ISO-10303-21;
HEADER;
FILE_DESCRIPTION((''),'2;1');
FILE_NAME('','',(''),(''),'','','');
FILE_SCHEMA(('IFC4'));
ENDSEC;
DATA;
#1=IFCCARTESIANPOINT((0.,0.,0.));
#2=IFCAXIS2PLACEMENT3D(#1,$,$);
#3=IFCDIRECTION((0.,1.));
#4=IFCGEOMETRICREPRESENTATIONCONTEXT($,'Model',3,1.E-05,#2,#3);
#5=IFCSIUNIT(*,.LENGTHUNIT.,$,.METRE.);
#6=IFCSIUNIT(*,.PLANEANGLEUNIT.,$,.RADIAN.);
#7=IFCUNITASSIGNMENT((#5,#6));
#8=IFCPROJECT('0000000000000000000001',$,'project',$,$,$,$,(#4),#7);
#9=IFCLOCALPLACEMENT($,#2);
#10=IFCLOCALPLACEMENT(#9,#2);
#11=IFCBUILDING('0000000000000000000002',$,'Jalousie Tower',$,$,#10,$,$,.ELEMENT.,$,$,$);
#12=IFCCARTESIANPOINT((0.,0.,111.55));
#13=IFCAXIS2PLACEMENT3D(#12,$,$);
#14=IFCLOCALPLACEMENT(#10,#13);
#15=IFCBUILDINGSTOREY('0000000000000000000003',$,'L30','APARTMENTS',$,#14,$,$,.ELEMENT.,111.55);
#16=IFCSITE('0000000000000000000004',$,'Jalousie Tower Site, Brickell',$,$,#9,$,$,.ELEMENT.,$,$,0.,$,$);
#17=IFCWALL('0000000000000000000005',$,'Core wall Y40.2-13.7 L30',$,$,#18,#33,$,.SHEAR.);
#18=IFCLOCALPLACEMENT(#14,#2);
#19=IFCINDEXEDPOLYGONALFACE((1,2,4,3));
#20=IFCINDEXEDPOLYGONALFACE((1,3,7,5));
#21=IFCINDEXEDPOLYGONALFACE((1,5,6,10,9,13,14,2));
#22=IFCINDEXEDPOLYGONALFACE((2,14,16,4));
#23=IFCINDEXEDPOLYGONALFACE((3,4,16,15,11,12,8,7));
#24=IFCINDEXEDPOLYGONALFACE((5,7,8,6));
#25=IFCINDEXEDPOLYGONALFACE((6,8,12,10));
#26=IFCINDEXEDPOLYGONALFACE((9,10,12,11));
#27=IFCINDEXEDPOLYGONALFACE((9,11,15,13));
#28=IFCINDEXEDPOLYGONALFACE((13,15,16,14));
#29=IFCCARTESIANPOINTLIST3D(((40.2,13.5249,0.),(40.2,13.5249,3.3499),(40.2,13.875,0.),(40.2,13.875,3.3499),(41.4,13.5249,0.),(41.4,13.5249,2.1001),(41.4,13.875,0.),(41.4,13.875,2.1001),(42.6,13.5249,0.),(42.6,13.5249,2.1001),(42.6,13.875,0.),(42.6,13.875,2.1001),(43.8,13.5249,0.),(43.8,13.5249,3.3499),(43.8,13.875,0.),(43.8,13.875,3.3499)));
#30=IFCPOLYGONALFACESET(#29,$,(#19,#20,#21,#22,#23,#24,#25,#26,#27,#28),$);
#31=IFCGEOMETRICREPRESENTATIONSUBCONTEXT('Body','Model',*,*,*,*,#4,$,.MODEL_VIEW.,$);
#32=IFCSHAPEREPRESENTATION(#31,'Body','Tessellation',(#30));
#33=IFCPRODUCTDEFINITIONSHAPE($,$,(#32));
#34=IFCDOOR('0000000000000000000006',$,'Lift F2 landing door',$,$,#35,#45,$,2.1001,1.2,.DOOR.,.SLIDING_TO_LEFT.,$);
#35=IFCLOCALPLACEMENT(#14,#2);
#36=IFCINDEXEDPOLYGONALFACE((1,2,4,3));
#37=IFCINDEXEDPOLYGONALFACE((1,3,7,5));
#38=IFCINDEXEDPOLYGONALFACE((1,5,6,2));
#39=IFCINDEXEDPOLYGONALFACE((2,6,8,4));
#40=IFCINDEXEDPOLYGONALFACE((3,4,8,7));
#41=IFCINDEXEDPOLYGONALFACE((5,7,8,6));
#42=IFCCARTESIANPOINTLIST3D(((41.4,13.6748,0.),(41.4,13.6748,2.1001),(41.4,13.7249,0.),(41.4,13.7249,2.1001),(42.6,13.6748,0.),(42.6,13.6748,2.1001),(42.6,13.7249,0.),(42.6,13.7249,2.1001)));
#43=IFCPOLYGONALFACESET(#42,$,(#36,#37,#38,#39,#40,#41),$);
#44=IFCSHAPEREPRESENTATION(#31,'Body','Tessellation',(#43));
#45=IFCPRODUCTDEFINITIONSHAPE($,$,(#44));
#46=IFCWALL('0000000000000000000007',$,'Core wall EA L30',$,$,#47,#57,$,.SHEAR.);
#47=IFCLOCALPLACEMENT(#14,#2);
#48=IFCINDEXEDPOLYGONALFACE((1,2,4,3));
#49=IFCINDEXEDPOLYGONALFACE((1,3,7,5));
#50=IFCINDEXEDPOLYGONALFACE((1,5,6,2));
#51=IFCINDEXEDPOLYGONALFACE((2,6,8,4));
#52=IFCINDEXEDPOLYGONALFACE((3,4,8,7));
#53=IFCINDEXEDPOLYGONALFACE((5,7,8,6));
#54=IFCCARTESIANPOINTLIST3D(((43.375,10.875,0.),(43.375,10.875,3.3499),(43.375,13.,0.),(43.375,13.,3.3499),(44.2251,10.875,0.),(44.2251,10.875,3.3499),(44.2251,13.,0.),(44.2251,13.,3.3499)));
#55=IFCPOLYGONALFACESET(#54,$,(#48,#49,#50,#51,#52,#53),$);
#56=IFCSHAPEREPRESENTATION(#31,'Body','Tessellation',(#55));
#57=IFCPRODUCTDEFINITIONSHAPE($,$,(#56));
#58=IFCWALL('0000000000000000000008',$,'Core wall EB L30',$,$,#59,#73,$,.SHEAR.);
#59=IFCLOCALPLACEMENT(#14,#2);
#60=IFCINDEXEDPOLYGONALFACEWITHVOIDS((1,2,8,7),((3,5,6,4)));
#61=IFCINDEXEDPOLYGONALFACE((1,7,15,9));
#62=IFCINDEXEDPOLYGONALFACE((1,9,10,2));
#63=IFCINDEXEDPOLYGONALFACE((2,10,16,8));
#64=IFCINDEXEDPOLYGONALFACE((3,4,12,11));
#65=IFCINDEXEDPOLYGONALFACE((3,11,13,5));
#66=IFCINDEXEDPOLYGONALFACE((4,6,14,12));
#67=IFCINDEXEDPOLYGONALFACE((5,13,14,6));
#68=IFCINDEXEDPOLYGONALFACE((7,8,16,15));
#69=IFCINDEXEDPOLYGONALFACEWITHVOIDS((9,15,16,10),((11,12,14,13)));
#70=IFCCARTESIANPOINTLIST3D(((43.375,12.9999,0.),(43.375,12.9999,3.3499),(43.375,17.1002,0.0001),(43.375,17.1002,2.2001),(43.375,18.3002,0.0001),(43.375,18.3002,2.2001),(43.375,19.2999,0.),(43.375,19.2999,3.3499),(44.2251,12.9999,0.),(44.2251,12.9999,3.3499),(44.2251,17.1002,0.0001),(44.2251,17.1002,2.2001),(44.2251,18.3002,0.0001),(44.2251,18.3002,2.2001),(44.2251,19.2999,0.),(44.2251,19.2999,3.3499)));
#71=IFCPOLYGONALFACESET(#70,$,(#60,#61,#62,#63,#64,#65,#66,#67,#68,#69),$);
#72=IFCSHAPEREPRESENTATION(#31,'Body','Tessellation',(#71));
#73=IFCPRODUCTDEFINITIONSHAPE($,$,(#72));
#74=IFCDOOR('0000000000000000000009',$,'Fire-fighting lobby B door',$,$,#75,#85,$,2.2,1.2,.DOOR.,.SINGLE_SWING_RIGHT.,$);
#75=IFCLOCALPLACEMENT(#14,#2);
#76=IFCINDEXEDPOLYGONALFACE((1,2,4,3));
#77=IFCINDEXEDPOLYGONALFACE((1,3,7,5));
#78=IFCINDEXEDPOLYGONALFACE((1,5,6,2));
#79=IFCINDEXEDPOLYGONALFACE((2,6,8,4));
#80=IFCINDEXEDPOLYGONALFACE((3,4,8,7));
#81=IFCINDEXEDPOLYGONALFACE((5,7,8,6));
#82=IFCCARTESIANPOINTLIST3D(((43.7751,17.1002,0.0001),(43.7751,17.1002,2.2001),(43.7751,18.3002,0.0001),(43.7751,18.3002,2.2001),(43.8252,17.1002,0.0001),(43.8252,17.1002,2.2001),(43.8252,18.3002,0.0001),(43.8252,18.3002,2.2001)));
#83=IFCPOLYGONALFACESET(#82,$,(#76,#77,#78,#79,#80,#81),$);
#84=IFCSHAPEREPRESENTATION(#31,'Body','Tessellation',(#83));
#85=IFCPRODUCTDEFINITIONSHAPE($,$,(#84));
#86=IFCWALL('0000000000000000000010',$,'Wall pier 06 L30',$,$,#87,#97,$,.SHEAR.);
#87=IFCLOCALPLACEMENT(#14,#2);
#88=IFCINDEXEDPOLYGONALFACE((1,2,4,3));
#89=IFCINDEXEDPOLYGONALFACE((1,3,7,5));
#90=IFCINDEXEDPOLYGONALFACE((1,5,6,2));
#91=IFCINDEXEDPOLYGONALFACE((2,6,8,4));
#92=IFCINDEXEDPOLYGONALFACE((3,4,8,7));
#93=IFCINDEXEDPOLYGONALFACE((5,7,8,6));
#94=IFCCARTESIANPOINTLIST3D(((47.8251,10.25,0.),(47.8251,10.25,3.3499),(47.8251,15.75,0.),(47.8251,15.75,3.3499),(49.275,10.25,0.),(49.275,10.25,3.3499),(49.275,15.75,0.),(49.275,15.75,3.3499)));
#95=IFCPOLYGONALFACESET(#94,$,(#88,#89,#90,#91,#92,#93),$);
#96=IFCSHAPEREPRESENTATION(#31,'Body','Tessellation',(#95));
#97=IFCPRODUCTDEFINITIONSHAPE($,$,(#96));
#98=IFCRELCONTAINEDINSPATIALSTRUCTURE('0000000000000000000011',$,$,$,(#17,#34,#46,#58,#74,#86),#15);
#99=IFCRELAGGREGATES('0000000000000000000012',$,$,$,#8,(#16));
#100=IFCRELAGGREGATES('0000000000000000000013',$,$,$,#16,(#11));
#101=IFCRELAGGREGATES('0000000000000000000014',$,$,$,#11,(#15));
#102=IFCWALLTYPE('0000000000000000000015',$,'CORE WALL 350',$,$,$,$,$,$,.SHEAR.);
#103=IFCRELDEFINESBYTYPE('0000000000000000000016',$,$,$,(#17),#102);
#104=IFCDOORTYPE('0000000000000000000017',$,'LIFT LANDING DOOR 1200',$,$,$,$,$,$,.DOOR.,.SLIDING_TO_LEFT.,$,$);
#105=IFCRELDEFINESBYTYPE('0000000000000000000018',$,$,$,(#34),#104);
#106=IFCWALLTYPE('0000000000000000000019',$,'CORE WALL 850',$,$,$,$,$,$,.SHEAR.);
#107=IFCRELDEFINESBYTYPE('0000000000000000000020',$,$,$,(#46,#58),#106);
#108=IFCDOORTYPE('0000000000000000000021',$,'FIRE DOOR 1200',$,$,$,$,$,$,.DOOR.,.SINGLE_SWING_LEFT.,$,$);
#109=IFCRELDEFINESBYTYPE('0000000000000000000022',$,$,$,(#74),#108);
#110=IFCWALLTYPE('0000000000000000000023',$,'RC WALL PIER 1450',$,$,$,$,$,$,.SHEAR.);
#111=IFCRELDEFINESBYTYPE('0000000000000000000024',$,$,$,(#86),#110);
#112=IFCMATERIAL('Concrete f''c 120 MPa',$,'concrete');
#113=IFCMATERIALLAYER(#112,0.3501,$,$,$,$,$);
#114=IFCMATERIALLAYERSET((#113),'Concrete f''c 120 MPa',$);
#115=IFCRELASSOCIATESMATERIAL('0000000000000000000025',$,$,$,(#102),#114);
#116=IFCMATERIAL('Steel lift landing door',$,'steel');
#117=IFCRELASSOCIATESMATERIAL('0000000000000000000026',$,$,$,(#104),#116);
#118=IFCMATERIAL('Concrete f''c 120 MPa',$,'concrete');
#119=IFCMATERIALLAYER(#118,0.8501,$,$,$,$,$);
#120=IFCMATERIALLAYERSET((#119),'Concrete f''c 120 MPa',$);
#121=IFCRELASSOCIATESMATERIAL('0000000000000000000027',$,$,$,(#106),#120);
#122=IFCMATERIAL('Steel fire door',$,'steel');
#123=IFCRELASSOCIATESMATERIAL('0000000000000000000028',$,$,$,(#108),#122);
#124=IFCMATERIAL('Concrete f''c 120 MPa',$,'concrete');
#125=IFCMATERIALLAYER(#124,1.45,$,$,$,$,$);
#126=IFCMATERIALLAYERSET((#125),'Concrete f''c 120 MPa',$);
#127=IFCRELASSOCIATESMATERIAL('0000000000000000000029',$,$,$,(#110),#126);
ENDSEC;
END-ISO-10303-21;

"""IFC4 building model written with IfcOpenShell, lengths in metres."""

from ifc_helpers import new_model, si_unit, direction, frame, frame_2d, origin, place, context, subcontext, project, spatial, rectangle, extrude, material, layer, layer_set, type_object, element, fill, save


model = new_model("IFC4")

# Units and contexts
model_context = context("Model", 3, precision=1e-05, world=origin(), true_north=direction((0.0, 1.0)))
body_context = subcontext(model_context, "Body", "Model", "MODEL_VIEW")
ifc_project = project(units=[si_unit("LENGTHUNIT", "METRE"), si_unit("PLANEANGLEUNIT", "RADIAN")], contexts=[model_context])

# Site, building, storey
site_placement = place(None, origin())
site = spatial("IfcSite", under=ifc_project, at=site_placement, Name="Jalousie Tower Site, Brickell", CompositionType="ELEMENT", RefElevation=0.0)
building_placement = place(site_placement, origin())
building = spatial("IfcBuilding", under=site, at=building_placement, Name="Jalousie Tower", CompositionType="ELEMENT")
storey_placement = place(building_placement, frame((0.0, 0.0, 111.55)))
storey = spatial("IfcBuildingStorey", under=building, at=storey_placement, Name="L30", Description="APARTMENTS", CompositionType="ELEMENT", Elevation=111.55)

# Shared definitions
ifc_material_1 = material(Name="Concrete f'c 120 MPa", Category="concrete")
ifc_layer_1 = layer(ifc_material_1, 0.3501)
ifc_layer_set_1 = layer_set([ifc_layer_1], Name="Concrete f'c 120 MPa")
wall_type_1 = type_object("IfcWallType", Name="CORE WALL 350", PredefinedType="SHEAR", material=ifc_layer_set_1)

# Wall, opening, door
wall_1_placement = place(storey_placement, frame((40.2, 13.7, 0.0), z_axis=(0.0, 0.0, 1.0), x_axis=(1.0, 0.0, 0.0)))
wall_1 = element("IfcWall", 1, at=wall_1_placement, inside=storey, type_object=wall_type_1, Name="Core wall Y40.2-13.7 L30", PredefinedType="SHEAR", context=body_context, shape_type="SweptSolid", body=[
    extrude(rectangle(XDim=3.6001, YDim=0.3501, at=frame_2d((1.8, 0.0))), origin(), (0.0, 0.0, 1.0), 3.3499),
])
opening_1_placement = place(wall_1_placement, frame((1.2, 0.0, 0.0)))
opening_1 = element("IfcOpeningElement", 2, at=opening_1_placement, cuts=wall_1, PredefinedType="OPENING", context=body_context, shape_type="SweptSolid", body=[
    extrude(rectangle(XDim=1.2, YDim=2.1001, at=frame_2d((0.6001, 1.05))), frame((0.0, 0.1851, 0.0), z_axis=(0.0, -1.0, 0.0), x_axis=(1.0, 0.0, 0.0)), (0.0, 0.0, 1.0), 0.3701),
])
ifc_material_2 = material(Name="Steel lift landing door", Category="steel")
door_type_1 = type_object("IfcDoorType", Name="LIFT LANDING DOOR 1200", OperationType="SLIDING_TO_LEFT", PredefinedType="DOOR", material=ifc_material_2)
door_1_placement = place(opening_1_placement, origin())
door_1 = element("IfcDoor", 3, at=door_1_placement, inside=storey, type_object=door_type_1, Name="Lift F2 landing door", OperationType="SLIDING_TO_LEFT", OverallHeight=2.1001, OverallWidth=1.2, PredefinedType="DOOR", context=body_context, shape_type="SweptSolid", body=[
    extrude(rectangle(XDim=1.2, YDim=2.1001, at=frame_2d((0.6001, 1.05))), frame((0.0, 0.0249, 0.0), z_axis=(0.0, -1.0, 0.0), x_axis=(1.0, 0.0, 0.0)), (0.0, 0.0, 1.0), 0.05),
])
fill(opening_1, door_1)

# Wall
ifc_material_3 = material(Name="Concrete f'c 120 MPa", Category="concrete")
ifc_layer_2 = layer(ifc_material_3, 0.8501)
ifc_layer_set_2 = layer_set([ifc_layer_2], Name="Concrete f'c 120 MPa")
wall_type_2 = type_object("IfcWallType", Name="CORE WALL 850", PredefinedType="SHEAR", material=ifc_layer_set_2)
wall_2_placement = place(storey_placement, frame((43.8, 10.875, 0.0), z_axis=(0.0, 0.0, 1.0), x_axis=(0.0, 1.0, 0.0)))
element("IfcWall", 4, at=wall_2_placement, inside=storey, type_object=wall_type_2, Name="Core wall EA L30", PredefinedType="SHEAR", context=body_context, shape_type="SweptSolid", body=[
    extrude(rectangle(XDim=2.125, YDim=0.8501, at=frame_2d((1.0625, 0.0))), origin(), (0.0, 0.0, 1.0), 3.3499),
])

# Wall, opening, door
wall_3_placement = place(storey_placement, frame((43.8, 13.0, 0.0), z_axis=(0.0, 0.0, 1.0), x_axis=(0.0, 1.0, 0.0)))
wall_3 = element("IfcWall", 5, at=wall_3_placement, inside=storey, type_object=wall_type_2, Name="Core wall EB L30", PredefinedType="SHEAR", context=body_context, shape_type="SweptSolid", body=[
    extrude(rectangle(XDim=6.3, YDim=0.8501, at=frame_2d((3.1499, 0.0))), origin(), (0.0, 0.0, 1.0), 3.3499),
])
opening_2_placement = place(wall_3_placement, frame((4.1001, 0.0, 0.0)))
opening_2 = element("IfcOpeningElement", 6, at=opening_2_placement, cuts=wall_3, PredefinedType="OPENING", context=body_context, shape_type="SweptSolid", body=[
    extrude(rectangle(XDim=1.2, YDim=2.2, at=frame_2d((0.6001, 1.1001))), frame((0.0, 0.4351, 0.0), z_axis=(0.0, -1.0, 0.0), x_axis=(1.0, 0.0, 0.0)), (0.0, 0.0, 1.0), 0.8701),
])
ifc_material_4 = material(Name="Steel fire door", Category="steel")
door_type_2 = type_object("IfcDoorType", Name="FIRE DOOR 1200", OperationType="SINGLE_SWING_LEFT", PredefinedType="DOOR", material=ifc_material_4)
door_2_placement = place(opening_2_placement, origin())
door_2 = element("IfcDoor", 7, at=door_2_placement, inside=storey, type_object=door_type_2, Name="Fire-fighting lobby B door", OperationType="SINGLE_SWING_RIGHT", OverallHeight=2.2, OverallWidth=1.2, PredefinedType="DOOR", context=body_context, shape_type="SweptSolid", body=[
    extrude(rectangle(XDim=1.2, YDim=2.2, at=frame_2d((0.6001, 1.1001))), frame((0.0, 0.0249, 0.0), z_axis=(0.0, -1.0, 0.0), x_axis=(1.0, 0.0, 0.0)), (0.0, 0.0, 1.0), 0.05),
])
fill(opening_2, door_2)

# Wall
ifc_material_5 = material(Name="Concrete f'c 120 MPa", Category="concrete")
ifc_layer_3 = layer(ifc_material_5, 1.45)
ifc_layer_set_3 = layer_set([ifc_layer_3], Name="Concrete f'c 120 MPa")
wall_type_3 = type_object("IfcWallType", Name="RC WALL PIER 1450", PredefinedType="SHEAR", material=ifc_layer_set_3)
wall_4_placement = place(storey_placement, frame((48.55, 10.25, 0.0), z_axis=(0.0, 0.0, 1.0), x_axis=(0.0, 1.0, 0.0)))
element("IfcWall", 8, at=wall_4_placement, inside=storey, type_object=wall_type_3, Name="Wall pier 06 L30", PredefinedType="SHEAR", context=body_context, shape_type="SweptSolid", body=[
    extrude(rectangle(XDim=5.5, YDim=1.45, at=frame_2d((2.75, 0.0))), origin(), (0.0, 0.0, 1.0), 3.3499),
])

save(model, "model.ifc")
